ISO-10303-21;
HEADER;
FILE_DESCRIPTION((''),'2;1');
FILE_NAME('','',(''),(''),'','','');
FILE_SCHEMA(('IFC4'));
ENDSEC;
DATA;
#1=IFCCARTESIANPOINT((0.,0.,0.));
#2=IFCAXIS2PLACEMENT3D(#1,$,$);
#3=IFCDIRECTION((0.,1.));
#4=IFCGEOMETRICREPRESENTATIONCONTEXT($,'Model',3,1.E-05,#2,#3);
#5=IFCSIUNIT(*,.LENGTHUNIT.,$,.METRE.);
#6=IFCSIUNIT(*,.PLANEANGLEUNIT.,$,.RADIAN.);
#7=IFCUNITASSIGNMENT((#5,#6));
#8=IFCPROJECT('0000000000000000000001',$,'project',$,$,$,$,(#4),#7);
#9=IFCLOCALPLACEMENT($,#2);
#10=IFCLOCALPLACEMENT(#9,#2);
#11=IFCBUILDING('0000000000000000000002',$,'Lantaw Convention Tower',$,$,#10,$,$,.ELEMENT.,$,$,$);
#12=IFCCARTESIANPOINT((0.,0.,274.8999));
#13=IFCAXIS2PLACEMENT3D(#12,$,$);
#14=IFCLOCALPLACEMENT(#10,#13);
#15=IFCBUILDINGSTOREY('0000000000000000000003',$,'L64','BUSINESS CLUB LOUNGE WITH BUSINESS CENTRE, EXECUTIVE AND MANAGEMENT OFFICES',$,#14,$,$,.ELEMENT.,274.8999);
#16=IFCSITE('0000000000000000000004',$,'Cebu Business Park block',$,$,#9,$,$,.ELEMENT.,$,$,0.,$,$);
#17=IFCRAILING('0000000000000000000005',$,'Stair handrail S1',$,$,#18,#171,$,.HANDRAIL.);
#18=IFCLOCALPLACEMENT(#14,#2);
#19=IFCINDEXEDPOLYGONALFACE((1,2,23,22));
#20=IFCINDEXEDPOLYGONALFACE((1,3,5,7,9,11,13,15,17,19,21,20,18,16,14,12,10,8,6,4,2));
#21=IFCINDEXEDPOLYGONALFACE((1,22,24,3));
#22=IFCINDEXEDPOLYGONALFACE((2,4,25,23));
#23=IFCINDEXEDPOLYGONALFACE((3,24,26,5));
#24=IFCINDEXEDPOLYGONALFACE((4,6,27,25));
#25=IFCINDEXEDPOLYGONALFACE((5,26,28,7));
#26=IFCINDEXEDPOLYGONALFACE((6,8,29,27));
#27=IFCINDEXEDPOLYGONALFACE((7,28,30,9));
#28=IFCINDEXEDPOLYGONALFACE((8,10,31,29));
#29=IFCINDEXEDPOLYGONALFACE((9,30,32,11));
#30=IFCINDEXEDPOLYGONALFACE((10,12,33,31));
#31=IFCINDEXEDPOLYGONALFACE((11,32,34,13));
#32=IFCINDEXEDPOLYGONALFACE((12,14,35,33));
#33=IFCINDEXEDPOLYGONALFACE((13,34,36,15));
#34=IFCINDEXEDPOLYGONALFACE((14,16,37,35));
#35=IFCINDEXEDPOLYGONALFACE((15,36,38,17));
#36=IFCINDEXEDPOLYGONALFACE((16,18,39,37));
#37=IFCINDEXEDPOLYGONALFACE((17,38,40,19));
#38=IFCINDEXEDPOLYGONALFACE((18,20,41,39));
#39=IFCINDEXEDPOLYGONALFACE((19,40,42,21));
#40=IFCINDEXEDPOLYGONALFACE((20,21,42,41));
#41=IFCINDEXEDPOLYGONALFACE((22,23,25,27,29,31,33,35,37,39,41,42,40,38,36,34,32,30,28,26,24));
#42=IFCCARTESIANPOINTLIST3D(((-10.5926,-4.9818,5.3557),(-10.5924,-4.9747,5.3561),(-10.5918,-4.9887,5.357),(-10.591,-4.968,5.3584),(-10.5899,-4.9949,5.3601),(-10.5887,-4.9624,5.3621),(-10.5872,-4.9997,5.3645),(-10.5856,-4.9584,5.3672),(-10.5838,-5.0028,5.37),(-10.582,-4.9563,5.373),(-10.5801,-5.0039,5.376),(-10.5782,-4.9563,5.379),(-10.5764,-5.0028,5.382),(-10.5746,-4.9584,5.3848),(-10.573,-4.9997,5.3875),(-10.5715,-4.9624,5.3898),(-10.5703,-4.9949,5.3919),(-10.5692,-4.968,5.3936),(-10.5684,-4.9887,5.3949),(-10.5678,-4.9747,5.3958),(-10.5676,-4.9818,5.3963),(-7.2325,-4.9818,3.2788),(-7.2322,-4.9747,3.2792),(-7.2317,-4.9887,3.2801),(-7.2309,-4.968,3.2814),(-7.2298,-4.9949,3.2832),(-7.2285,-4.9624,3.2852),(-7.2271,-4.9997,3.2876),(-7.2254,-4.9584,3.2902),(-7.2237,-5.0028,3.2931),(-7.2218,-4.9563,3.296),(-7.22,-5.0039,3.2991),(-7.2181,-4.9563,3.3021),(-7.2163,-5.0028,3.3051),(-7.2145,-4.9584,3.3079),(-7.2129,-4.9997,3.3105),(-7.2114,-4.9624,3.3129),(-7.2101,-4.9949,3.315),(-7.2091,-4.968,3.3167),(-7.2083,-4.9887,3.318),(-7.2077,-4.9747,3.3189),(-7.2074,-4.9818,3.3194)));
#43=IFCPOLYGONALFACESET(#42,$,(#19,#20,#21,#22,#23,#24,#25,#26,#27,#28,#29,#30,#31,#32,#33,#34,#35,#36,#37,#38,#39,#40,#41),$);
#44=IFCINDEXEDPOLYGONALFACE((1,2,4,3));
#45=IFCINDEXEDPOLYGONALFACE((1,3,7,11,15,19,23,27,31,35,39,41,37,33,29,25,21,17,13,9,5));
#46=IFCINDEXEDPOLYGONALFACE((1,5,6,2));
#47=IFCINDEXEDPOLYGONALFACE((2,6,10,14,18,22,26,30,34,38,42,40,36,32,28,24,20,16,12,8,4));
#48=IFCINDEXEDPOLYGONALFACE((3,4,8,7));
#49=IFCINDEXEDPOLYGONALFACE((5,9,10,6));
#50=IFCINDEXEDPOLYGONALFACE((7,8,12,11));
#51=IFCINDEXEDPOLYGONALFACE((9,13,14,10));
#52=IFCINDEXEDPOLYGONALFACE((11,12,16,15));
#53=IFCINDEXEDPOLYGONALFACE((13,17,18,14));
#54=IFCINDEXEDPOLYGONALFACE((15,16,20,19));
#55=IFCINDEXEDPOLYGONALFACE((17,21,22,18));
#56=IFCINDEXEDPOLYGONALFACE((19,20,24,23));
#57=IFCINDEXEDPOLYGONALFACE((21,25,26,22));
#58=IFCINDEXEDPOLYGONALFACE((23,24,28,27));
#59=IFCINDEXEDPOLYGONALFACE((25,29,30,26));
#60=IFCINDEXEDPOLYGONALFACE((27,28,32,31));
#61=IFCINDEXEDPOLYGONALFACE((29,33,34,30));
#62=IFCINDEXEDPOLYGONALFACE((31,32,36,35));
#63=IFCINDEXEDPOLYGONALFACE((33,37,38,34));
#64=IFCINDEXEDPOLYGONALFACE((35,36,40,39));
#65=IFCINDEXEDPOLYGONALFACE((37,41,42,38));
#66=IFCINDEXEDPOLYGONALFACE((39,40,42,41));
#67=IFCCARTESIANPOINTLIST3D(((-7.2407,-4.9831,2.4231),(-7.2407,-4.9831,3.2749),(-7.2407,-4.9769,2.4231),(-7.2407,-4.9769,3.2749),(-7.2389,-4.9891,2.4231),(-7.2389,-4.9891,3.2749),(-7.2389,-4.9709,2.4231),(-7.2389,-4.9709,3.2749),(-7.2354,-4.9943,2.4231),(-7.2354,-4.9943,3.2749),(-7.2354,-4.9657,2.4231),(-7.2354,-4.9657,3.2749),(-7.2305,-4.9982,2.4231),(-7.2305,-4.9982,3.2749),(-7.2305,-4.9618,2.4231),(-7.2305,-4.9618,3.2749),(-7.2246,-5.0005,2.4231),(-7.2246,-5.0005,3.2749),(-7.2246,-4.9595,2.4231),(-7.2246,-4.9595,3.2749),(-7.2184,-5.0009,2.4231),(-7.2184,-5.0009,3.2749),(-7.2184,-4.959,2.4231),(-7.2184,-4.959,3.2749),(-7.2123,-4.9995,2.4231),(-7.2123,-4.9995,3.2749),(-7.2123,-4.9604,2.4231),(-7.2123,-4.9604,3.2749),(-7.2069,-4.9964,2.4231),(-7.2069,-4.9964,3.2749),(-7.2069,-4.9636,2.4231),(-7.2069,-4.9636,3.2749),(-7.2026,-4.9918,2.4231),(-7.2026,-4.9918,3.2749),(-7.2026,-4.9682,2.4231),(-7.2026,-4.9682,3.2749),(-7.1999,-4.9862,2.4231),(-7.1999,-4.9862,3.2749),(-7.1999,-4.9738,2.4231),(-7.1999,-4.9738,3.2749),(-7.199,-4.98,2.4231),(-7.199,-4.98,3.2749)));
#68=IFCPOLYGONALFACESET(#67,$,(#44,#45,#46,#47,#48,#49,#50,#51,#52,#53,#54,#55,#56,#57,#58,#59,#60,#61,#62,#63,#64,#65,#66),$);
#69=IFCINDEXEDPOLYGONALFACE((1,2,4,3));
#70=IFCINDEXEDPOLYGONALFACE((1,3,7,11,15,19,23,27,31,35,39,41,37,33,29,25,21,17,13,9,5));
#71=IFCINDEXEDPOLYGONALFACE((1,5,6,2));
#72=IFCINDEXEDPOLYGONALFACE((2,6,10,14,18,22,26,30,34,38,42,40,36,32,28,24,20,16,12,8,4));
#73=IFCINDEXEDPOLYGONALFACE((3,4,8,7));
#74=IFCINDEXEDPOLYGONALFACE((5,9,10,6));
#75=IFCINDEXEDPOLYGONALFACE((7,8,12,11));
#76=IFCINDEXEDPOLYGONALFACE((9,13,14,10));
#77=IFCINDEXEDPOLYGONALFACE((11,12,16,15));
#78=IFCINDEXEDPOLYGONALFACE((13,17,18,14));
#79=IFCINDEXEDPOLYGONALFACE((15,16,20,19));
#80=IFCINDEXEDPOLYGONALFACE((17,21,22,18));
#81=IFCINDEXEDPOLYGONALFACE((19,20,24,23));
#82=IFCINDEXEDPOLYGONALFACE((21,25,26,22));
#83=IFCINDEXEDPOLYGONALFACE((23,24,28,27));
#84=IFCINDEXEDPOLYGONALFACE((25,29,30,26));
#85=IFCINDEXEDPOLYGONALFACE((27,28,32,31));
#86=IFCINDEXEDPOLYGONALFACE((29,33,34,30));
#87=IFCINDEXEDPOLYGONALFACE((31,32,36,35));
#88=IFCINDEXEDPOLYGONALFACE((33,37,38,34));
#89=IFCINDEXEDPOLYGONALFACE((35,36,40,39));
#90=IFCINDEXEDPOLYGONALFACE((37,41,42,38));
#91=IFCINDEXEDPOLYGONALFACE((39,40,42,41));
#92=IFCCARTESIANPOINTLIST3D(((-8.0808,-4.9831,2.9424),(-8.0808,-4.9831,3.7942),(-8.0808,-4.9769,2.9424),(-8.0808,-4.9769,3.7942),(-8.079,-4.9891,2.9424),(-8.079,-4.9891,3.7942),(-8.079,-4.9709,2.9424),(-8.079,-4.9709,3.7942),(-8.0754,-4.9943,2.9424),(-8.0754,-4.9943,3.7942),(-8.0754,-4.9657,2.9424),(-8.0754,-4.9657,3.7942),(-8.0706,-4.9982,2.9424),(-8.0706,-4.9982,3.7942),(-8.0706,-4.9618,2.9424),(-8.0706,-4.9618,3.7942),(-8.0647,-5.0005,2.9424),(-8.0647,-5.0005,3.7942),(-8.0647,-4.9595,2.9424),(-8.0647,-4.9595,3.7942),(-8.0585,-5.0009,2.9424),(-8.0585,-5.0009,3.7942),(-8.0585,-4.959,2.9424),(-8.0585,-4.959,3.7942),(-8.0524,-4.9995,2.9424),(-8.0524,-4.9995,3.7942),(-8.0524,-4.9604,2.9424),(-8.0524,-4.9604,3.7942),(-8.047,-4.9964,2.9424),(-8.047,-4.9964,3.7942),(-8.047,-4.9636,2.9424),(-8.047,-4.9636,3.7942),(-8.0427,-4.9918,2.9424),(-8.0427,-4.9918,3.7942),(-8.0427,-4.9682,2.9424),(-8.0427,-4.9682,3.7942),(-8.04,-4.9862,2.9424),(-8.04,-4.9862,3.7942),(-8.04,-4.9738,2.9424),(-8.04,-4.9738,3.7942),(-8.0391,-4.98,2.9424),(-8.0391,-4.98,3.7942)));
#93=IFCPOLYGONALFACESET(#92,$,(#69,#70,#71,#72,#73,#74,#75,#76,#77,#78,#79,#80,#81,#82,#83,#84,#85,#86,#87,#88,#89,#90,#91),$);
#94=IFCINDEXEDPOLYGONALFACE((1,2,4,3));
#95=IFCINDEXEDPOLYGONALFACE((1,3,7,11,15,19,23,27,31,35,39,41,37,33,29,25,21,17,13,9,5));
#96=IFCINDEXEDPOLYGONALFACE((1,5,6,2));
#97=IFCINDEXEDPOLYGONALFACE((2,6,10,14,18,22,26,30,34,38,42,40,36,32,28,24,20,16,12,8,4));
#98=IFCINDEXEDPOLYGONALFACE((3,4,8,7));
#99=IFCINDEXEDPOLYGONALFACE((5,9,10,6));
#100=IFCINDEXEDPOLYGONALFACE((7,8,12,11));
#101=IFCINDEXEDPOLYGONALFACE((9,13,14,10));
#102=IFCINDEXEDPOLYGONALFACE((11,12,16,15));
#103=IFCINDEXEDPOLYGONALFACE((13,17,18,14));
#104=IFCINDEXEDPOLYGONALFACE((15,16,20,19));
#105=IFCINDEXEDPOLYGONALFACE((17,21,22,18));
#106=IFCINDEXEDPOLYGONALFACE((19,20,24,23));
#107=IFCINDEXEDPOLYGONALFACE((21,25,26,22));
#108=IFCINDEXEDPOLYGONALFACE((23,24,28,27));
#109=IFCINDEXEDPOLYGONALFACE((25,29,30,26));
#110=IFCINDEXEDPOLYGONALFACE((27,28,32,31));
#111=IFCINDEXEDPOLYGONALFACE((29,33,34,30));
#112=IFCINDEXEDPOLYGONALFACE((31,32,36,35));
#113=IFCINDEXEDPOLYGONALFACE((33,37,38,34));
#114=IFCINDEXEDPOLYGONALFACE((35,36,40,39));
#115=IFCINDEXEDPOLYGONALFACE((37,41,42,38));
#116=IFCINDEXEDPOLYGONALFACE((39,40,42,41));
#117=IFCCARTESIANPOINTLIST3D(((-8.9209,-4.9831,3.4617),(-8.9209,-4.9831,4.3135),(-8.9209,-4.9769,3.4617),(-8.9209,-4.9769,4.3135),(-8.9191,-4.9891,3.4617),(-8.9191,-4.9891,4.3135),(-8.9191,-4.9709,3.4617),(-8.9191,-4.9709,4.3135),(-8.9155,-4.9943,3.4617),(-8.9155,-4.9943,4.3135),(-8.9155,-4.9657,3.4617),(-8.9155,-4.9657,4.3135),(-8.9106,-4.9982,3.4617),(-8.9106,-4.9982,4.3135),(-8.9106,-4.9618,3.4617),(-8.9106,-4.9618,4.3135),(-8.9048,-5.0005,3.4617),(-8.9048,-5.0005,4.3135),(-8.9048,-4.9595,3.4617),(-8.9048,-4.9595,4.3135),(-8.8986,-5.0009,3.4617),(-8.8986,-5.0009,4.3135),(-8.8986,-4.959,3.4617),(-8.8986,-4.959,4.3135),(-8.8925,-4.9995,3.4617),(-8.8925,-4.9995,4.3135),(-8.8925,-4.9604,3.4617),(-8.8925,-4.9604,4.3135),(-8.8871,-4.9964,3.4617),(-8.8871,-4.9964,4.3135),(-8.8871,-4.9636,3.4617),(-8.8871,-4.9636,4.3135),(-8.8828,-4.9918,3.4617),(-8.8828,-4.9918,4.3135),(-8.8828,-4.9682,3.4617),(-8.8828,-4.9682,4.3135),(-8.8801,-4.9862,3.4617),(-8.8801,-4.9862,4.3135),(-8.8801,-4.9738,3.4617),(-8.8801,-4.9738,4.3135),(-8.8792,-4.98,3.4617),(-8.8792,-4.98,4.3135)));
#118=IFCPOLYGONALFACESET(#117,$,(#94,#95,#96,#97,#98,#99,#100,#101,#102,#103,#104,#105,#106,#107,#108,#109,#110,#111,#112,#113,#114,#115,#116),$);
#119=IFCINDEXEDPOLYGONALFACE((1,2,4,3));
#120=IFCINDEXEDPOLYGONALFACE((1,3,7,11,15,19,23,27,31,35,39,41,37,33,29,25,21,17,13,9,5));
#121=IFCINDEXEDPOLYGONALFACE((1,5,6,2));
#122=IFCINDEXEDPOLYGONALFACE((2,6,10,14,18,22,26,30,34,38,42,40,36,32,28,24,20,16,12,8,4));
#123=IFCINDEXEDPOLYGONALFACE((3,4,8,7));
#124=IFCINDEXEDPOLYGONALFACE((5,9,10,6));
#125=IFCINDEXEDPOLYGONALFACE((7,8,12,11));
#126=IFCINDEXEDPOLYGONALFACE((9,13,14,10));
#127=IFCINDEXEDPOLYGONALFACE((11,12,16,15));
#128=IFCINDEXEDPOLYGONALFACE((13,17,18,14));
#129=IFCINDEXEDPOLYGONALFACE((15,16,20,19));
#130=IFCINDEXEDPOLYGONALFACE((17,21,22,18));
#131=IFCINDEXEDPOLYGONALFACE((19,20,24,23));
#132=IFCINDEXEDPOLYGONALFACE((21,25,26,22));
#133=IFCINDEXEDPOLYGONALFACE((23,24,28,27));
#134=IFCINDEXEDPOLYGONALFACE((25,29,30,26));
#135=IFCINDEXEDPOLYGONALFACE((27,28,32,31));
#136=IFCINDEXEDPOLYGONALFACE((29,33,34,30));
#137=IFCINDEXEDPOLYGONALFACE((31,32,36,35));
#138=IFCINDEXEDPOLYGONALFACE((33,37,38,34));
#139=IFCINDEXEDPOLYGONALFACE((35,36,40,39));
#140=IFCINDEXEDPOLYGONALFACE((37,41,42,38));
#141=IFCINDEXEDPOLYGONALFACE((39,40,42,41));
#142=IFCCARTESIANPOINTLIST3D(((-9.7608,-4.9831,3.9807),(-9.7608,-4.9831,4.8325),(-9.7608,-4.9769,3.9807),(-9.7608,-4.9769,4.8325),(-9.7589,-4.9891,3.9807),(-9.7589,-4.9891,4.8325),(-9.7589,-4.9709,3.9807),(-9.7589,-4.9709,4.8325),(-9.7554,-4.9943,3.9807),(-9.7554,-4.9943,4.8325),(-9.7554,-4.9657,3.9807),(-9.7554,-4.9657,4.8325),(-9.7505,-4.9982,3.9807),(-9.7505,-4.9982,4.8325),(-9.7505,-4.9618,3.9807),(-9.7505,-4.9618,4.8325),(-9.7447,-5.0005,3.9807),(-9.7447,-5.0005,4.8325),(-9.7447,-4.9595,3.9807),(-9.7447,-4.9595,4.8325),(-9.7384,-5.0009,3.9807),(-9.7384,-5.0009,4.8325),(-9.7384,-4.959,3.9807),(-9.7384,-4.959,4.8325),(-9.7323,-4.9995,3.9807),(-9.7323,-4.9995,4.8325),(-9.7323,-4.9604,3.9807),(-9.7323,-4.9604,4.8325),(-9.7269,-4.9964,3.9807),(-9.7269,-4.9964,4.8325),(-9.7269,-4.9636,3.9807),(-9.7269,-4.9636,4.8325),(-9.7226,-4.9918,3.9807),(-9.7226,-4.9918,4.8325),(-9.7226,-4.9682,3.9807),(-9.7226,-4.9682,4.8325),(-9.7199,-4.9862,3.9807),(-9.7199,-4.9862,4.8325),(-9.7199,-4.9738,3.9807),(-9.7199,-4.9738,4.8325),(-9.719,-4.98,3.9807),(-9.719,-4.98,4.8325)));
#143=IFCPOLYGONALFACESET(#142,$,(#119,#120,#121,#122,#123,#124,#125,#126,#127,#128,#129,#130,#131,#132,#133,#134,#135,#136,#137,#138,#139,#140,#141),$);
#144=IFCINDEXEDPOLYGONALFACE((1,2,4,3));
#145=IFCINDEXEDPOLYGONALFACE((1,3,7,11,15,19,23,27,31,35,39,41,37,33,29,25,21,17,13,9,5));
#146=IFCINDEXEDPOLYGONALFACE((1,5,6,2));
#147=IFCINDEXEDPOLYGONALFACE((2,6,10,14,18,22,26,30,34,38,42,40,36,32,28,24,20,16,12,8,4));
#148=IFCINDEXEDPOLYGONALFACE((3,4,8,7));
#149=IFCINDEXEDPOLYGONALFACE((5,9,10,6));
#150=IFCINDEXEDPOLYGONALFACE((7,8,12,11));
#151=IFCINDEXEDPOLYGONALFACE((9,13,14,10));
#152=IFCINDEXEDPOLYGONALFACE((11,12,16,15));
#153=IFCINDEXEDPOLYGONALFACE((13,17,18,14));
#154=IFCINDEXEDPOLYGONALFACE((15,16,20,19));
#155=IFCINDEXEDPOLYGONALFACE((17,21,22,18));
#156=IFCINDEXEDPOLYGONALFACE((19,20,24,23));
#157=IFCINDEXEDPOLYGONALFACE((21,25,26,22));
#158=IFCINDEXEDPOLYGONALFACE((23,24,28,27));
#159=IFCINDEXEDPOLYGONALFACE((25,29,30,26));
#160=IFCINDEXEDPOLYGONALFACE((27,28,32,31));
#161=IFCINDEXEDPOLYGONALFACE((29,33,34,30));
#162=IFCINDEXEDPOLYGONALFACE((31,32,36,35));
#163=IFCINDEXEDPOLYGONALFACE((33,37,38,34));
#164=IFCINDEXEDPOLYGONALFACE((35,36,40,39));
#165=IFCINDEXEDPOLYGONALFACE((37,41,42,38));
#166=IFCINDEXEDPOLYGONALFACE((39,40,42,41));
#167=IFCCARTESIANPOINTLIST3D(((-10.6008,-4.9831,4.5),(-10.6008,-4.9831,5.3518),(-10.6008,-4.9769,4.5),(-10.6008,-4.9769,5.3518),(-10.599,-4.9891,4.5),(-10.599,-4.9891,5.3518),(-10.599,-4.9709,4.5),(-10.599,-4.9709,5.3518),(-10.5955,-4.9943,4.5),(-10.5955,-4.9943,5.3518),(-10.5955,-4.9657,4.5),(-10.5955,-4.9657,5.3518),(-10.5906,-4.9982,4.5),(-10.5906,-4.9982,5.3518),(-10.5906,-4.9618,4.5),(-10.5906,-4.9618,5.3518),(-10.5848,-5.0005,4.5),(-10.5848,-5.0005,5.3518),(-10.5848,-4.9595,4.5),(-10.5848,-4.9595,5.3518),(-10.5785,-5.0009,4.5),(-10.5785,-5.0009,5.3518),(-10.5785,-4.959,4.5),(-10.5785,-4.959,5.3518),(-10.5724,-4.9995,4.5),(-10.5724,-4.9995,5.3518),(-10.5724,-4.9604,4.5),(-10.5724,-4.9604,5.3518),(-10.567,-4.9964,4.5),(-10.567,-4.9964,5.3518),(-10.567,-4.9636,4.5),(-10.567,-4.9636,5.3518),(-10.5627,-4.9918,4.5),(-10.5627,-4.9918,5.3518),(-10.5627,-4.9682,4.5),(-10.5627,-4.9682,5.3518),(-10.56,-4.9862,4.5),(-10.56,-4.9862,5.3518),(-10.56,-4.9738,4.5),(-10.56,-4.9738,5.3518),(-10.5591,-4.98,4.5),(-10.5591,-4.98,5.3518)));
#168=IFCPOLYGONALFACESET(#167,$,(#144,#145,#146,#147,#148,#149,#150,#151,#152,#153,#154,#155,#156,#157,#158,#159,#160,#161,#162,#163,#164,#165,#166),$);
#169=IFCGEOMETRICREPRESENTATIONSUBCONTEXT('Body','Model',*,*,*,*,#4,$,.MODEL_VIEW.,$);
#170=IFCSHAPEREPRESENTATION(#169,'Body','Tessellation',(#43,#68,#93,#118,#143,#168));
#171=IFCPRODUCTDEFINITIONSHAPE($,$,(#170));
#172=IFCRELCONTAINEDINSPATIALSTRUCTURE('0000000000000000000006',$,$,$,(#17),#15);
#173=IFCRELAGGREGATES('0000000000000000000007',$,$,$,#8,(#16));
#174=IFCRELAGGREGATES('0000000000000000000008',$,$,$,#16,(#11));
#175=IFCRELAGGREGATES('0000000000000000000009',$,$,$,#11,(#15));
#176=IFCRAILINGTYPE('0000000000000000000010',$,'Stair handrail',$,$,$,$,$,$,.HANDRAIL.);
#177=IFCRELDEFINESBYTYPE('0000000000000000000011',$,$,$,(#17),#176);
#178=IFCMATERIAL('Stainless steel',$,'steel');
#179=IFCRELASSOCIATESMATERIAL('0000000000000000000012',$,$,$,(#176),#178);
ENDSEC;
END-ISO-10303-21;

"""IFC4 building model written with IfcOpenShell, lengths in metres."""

from ifc_helpers import new_model, si_unit, direction, frame, origin, origin_2d, place, context, subcontext, project, spatial, circle, extrude, material, type_object, element, save


model = new_model("IFC4")

# Units and contexts
model_context = context("Model", 3, precision=1e-05, world=origin(), true_north=direction((0.0, 1.0)))
body_context = subcontext(model_context, "Body", "Model", "MODEL_VIEW")
ifc_project = project(units=[si_unit("LENGTHUNIT", "METRE"), si_unit("PLANEANGLEUNIT", "RADIAN")], contexts=[model_context])

# Site, building, storey
site_placement = place(None, origin())
site = spatial("IfcSite", under=ifc_project, at=site_placement, Name="Cebu Business Park block", CompositionType="ELEMENT", RefElevation=0.0)
building_placement = place(site_placement, origin())
building = spatial("IfcBuilding", under=site, at=building_placement, Name="Lantaw Convention Tower", CompositionType="ELEMENT")
storey_placement = place(building_placement, frame((0.0, 0.0, 274.8999)))
storey = spatial("IfcBuildingStorey", under=building, at=storey_placement, Name="L64", Description="BUSINESS CLUB LOUNGE WITH BUSINESS CENTRE, EXECUTIVE AND MANAGEMENT OFFICES", CompositionType="ELEMENT", Elevation=274.8999)

# Shared definitions
ifc_material_1 = material(Name="Stainless steel", Category="steel")

# Railing
railing_type = type_object("IfcRailingType", Name="Stair handrail", PredefinedType="HANDRAIL", material=ifc_material_1)
railing_1_placement = place(storey_placement, frame((-7.22, -4.98, 2.4231)))
element("IfcRailing", 1, at=railing_1_placement, inside=storey, type_object=railing_type, Name="Stair handrail S1", PredefinedType="HANDRAIL", context=body_context, shape_type="SweptSolid", body=[
    extrude(circle(Radius=0.0239, at=origin_2d()), frame((0.0, 0.0, 0.876), z_axis=(-0.850623, 0.0, 0.525776), x_axis=(0.0, -1.0, 0.0)), (0.0, 0.0, 1.0), 3.9502),
    extrude(circle(Radius=0.021, at=origin_2d()), origin(), (0.0, 0.0, 1.0), 0.8518),
    extrude(circle(Radius=0.021, at=origin_2d()), frame((-0.8401, 0.0, 0.5193)), (0.0, 0.0, 1.0), 0.8518),
    extrude(circle(Radius=0.021, at=origin_2d()), frame((-1.6802, 0.0, 1.0386)), (0.0, 0.0, 1.0), 0.8518),
    extrude(circle(Radius=0.021, at=origin_2d()), frame((-2.52, 0.0, 1.5576)), (0.0, 0.0, 1.0), 0.8518),
    extrude(circle(Radius=0.021, at=origin_2d()), frame((-3.3601, 0.0, 2.0769)), (0.0, 0.0, 1.0), 0.8518),
])

save(model, "model.ifc")
